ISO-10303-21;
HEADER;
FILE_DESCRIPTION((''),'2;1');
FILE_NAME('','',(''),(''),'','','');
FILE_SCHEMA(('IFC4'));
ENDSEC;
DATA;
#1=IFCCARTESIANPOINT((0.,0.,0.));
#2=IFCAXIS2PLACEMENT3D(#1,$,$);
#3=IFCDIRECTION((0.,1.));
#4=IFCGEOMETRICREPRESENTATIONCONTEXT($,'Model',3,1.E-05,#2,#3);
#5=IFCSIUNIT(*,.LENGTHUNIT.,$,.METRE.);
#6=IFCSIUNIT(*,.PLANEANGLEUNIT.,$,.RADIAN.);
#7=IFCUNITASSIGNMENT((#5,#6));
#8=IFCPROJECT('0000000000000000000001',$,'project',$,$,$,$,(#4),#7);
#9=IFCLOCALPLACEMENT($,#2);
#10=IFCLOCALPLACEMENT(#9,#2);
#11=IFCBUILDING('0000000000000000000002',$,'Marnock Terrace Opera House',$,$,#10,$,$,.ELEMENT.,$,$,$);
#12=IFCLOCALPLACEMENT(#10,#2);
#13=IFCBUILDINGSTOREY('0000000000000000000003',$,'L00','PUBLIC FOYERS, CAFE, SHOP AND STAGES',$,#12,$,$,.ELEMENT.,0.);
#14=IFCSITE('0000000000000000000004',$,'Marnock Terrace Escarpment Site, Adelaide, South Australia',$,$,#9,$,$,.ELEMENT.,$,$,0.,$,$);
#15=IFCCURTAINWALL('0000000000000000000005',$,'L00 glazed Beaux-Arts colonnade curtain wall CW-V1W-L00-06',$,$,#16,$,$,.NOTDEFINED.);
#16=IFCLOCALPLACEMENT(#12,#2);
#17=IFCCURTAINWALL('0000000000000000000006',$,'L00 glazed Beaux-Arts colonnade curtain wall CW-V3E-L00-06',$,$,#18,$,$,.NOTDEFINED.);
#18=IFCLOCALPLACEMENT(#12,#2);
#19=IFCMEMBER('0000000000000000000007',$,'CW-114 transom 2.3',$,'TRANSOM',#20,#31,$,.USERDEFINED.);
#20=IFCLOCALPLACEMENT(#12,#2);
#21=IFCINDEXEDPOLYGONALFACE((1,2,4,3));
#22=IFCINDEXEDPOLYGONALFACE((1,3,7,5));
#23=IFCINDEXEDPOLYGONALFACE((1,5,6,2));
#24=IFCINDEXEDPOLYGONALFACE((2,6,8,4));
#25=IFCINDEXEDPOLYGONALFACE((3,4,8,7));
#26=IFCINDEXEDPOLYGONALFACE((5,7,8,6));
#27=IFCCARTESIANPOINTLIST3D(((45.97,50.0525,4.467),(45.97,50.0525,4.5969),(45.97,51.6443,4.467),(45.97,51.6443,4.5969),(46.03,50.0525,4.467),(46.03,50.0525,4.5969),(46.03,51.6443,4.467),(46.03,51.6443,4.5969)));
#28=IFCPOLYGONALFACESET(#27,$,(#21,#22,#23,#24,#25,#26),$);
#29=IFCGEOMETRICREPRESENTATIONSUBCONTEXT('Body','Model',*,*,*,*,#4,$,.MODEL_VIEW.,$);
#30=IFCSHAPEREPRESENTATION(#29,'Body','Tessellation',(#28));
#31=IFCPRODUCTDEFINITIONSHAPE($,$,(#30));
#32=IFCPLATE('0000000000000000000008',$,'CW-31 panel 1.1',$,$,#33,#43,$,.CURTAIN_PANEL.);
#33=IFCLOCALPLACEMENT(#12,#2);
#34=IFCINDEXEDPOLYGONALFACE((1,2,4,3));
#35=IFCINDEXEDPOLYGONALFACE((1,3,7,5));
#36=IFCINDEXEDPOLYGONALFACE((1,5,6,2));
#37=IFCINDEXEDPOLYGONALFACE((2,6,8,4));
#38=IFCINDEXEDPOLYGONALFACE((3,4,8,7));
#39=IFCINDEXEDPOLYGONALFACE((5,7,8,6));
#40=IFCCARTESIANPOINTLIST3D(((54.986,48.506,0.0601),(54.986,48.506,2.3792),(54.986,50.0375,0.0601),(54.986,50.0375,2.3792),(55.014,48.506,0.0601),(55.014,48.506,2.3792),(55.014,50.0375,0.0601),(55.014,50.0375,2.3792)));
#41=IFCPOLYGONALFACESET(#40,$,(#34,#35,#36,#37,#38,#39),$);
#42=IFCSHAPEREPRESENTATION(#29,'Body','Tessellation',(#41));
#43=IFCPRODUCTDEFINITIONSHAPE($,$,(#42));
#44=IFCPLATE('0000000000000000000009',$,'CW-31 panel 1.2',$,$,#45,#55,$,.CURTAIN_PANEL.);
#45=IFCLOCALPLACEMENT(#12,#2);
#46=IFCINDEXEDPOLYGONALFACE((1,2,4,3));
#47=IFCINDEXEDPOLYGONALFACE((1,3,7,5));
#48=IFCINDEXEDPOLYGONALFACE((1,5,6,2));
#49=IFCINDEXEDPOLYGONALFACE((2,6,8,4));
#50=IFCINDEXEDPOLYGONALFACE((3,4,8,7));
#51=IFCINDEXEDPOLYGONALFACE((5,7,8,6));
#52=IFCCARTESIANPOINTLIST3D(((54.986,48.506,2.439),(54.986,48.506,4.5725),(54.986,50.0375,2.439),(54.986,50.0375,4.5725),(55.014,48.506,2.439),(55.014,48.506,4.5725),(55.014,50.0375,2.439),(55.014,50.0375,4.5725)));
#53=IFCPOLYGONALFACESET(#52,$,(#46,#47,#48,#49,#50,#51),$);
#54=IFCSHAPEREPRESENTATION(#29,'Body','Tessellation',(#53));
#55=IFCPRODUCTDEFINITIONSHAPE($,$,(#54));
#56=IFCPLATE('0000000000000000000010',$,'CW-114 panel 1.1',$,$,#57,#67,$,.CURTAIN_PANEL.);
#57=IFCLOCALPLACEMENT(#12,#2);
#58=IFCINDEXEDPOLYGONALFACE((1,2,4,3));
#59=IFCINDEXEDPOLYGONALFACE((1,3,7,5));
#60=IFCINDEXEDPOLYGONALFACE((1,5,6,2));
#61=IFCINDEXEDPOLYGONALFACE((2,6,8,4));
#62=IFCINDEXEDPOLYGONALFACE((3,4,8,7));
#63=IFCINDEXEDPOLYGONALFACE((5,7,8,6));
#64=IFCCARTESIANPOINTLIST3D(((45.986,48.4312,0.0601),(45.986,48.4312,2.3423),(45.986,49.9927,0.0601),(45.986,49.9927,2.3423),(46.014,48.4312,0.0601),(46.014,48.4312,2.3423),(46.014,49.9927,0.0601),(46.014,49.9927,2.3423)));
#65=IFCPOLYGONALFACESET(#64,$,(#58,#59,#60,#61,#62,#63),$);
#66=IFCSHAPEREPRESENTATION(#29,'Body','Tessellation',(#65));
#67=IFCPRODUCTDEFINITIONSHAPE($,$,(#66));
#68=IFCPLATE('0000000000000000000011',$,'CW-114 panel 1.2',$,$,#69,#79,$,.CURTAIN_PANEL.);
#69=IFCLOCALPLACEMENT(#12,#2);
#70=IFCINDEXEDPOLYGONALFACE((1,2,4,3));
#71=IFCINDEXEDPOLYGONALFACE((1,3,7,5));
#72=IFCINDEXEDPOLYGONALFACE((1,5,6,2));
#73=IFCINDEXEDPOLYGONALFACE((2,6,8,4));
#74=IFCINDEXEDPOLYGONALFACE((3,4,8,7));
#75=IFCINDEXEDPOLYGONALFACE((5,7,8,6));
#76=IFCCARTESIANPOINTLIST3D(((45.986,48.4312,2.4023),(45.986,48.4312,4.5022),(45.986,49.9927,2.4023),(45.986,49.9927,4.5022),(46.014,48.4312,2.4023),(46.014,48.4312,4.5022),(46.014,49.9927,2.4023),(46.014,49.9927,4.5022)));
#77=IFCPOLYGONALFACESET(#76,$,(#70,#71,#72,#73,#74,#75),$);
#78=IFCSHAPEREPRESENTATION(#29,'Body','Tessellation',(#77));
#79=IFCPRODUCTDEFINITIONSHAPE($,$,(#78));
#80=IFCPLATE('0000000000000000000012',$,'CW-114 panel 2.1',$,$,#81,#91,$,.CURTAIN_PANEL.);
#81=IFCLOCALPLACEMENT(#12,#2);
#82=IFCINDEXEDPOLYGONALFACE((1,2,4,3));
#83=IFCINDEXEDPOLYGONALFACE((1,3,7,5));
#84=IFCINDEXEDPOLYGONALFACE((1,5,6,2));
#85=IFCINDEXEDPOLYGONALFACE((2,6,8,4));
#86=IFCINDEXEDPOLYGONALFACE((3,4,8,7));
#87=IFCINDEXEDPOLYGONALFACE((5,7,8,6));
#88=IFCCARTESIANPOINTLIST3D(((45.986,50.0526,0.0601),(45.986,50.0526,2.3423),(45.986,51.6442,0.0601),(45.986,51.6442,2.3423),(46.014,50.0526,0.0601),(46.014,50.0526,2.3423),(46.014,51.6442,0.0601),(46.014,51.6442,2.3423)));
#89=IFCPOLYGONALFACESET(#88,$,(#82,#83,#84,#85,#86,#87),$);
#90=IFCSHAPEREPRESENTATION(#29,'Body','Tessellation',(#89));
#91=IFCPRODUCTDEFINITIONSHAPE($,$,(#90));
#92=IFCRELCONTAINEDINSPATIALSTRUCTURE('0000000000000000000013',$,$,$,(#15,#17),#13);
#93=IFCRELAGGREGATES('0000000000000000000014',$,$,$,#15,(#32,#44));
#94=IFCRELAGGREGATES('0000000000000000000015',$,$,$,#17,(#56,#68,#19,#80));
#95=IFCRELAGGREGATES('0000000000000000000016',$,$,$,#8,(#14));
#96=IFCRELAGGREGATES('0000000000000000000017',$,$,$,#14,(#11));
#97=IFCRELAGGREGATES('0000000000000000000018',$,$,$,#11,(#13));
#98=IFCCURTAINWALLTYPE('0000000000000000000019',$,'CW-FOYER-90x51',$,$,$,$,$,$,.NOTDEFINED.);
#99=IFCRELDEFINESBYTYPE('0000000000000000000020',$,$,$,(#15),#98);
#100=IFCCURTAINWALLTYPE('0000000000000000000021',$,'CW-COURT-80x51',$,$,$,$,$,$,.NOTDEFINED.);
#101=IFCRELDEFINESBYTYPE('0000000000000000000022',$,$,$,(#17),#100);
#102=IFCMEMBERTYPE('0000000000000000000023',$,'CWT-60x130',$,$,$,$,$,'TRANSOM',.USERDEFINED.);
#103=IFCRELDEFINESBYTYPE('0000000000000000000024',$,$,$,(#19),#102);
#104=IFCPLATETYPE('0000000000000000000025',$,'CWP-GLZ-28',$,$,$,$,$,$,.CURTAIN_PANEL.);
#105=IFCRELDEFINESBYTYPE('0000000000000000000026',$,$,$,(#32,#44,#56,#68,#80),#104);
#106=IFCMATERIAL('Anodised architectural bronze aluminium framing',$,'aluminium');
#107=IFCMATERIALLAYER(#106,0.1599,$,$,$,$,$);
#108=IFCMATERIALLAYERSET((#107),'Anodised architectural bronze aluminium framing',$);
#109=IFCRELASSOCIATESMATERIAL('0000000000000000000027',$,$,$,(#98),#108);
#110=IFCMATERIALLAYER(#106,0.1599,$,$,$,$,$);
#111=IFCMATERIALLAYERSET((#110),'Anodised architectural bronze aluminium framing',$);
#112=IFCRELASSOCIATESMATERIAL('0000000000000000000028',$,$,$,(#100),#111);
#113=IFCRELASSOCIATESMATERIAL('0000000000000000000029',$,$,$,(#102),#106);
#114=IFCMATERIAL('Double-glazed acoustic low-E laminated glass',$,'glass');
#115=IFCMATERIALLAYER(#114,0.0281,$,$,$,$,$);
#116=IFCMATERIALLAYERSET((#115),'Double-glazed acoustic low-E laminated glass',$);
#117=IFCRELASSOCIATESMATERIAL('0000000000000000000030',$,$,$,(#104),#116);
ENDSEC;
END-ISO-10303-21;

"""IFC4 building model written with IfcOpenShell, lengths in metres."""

from ifc_helpers import new_model, si_unit, direction, frame, origin, origin_2d, place, context, subcontext, project, spatial, rectangle, extrude, material, layer, layer_set, material_profile, profile_set, type_object, element, aggregate, save


model = new_model("IFC4")

# Units and contexts
model_context = context("Model", 3, precision=1e-05, world=origin(), true_north=direction((0.0, 1.0)))
body_context = subcontext(model_context, "Body", "Model", "MODEL_VIEW")
ifc_project = project(units=[si_unit("LENGTHUNIT", "METRE"), si_unit("PLANEANGLEUNIT", "RADIAN")], contexts=[model_context])

# Site, building, storey
site_placement = place(None, origin())
site = spatial("IfcSite", under=ifc_project, at=site_placement, Name="Marnock Terrace Escarpment Site, Adelaide, South Australia", CompositionType="ELEMENT", RefElevation=0.0)
building_placement = place(site_placement, origin())
building = spatial("IfcBuilding", under=site, at=building_placement, Name="Marnock Terrace Opera House", CompositionType="ELEMENT")
storey_placement = place(building_placement, origin())
storey = spatial("IfcBuildingStorey", under=building, at=storey_placement, Name="L00", Description="PUBLIC FOYERS, CAFE, SHOP AND STAGES", CompositionType="ELEMENT", Elevation=0.0)

# Curtain walls
ifc_material_1 = material(Name="Anodised architectural bronze aluminium framing", Category="aluminium")
ifc_layer_1 = layer(ifc_material_1, 0.1599)
ifc_layer_set_1 = layer_set([ifc_layer_1], Name="Anodised architectural bronze aluminium framing")
curtain_wall_type_1 = type_object("IfcCurtainWallType", Name="CW-FOYER-90x51", PredefinedType="NOTDEFINED", material=ifc_layer_set_1)
curtain_wall_1_placement = place(storey_placement, origin())
curtain_wall_1 = element("IfcCurtainWall", 1, at=curtain_wall_1_placement, inside=storey, type_object=curtain_wall_type_1, Name="L00 glazed Beaux-Arts colonnade curtain wall CW-V1W-L00-06", PredefinedType="NOTDEFINED")
ifc_layer_2 = layer(ifc_material_1, 0.1599)
ifc_layer_set_2 = layer_set([ifc_layer_2], Name="Anodised architectural bronze aluminium framing")
curtain_wall_type_2 = type_object("IfcCurtainWallType", Name="CW-COURT-80x51", PredefinedType="NOTDEFINED", material=ifc_layer_set_2)
curtain_wall_2_placement = place(storey_placement, origin())
curtain_wall_2 = element("IfcCurtainWall", 2, at=curtain_wall_2_placement, inside=storey, type_object=curtain_wall_type_2, Name="L00 glazed Beaux-Arts colonnade curtain wall CW-V3E-L00-06", PredefinedType="NOTDEFINED")

# Member
ifc_material_profile_1 = material_profile(ifc_material_1, rectangle(XDim=0.0601, YDim=0.1299, at=origin_2d()))
ifc_profile_set_1 = profile_set([ifc_material_profile_1], Name="Anodised architectural bronze aluminium framing")
member_type_1 = type_object("IfcMemberType", Name="CWT-60x130", ElementType="TRANSOM", PredefinedType="USERDEFINED", material=ifc_profile_set_1)
member_1_placement = place(storey_placement, frame((46.0, 50.0525, 4.532), z_axis=(0.0, 1.0, 0.0), x_axis=(-1.0, 0.0, 0.0)))
member_1 = element("IfcMember", 3, at=member_1_placement, type_object=member_type_1, Name="CW-114 transom 2.3", ObjectType="TRANSOM", PredefinedType="USERDEFINED", context=body_context, shape_type="SweptSolid", body=[
    extrude(rectangle(XDim=0.0601, YDim=0.1299, at=origin_2d()), origin(), (0.0, 0.0, 1.0), 1.5918),
])

# Plates
ifc_material_2 = material(Name="Double-glazed acoustic low-E laminated glass", Category="glass")
ifc_layer_3 = layer(ifc_material_2, 0.0281)
ifc_layer_set_3 = layer_set([ifc_layer_3], Name="Double-glazed acoustic low-E laminated glass")
plate_type = type_object("IfcPlateType", Name="CWP-GLZ-28", PredefinedType="CURTAIN_PANEL", material=ifc_layer_set_3)
plate_1_placement = place(storey_placement, frame((55.0, 49.2717, 0.0601), z_axis=(0.0, 0.0, 1.0), x_axis=(0.0, 1.0, 0.0)))
plate_1 = element("IfcPlate", 4, at=plate_1_placement, type_object=plate_type, Name="CW-31 panel 1.1", PredefinedType="CURTAIN_PANEL", context=body_context, shape_type="SweptSolid", body=[
    extrude(rectangle(XDim=1.5315, YDim=0.0281, at=origin_2d()), origin(), (0.0, 0.0, 1.0), 2.3191),
])
plate_2_placement = place(storey_placement, frame((55.0, 49.2717, 2.439), z_axis=(0.0, 0.0, 1.0), x_axis=(0.0, 1.0, 0.0)))
plate_2 = element("IfcPlate", 5, at=plate_2_placement, type_object=plate_type, Name="CW-31 panel 1.2", PredefinedType="CURTAIN_PANEL", context=body_context, shape_type="SweptSolid", body=[
    extrude(rectangle(XDim=1.5315, YDim=0.0281, at=origin_2d()), origin(), (0.0, 0.0, 1.0), 2.1335),
])
aggregate(curtain_wall_1, [plate_1, plate_2])
plate_3_placement = place(storey_placement, frame((46.0, 49.2119, 0.0601), z_axis=(0.0, 0.0, 1.0), x_axis=(0.0, 1.0, 0.0)))
plate_3 = element("IfcPlate", 6, at=plate_3_placement, type_object=plate_type, Name="CW-114 panel 1.1", PredefinedType="CURTAIN_PANEL", context=body_context, shape_type="SweptSolid", body=[
    extrude(rectangle(XDim=1.5615, YDim=0.0281, at=origin_2d()), origin(), (0.0, 0.0, 1.0), 2.2822),
])
plate_4_placement = place(storey_placement, frame((46.0, 49.2119, 2.4023), z_axis=(0.0, 0.0, 1.0), x_axis=(0.0, 1.0, 0.0)))
plate_4 = element("IfcPlate", 7, at=plate_4_placement, type_object=plate_type, Name="CW-114 panel 1.2", PredefinedType="CURTAIN_PANEL", context=body_context, shape_type="SweptSolid", body=[
    extrude(rectangle(XDim=1.5615, YDim=0.0281, at=origin_2d()), origin(), (0.0, 0.0, 1.0), 2.0999),
])
plate_5_placement = place(storey_placement, frame((46.0, 50.8484, 0.0601), z_axis=(0.0, 0.0, 1.0), x_axis=(0.0, 1.0, 0.0)))
plate_5 = element("IfcPlate", 8, at=plate_5_placement, type_object=plate_type, Name="CW-114 panel 2.1", PredefinedType="CURTAIN_PANEL", context=body_context, shape_type="SweptSolid", body=[
    extrude(rectangle(XDim=1.5916, YDim=0.0281, at=origin_2d()), origin(), (0.0, 0.0, 1.0), 2.2822),
])
aggregate(curtain_wall_2, [plate_3, plate_4, member_1, plate_5])

save(model, "model.ifc")
